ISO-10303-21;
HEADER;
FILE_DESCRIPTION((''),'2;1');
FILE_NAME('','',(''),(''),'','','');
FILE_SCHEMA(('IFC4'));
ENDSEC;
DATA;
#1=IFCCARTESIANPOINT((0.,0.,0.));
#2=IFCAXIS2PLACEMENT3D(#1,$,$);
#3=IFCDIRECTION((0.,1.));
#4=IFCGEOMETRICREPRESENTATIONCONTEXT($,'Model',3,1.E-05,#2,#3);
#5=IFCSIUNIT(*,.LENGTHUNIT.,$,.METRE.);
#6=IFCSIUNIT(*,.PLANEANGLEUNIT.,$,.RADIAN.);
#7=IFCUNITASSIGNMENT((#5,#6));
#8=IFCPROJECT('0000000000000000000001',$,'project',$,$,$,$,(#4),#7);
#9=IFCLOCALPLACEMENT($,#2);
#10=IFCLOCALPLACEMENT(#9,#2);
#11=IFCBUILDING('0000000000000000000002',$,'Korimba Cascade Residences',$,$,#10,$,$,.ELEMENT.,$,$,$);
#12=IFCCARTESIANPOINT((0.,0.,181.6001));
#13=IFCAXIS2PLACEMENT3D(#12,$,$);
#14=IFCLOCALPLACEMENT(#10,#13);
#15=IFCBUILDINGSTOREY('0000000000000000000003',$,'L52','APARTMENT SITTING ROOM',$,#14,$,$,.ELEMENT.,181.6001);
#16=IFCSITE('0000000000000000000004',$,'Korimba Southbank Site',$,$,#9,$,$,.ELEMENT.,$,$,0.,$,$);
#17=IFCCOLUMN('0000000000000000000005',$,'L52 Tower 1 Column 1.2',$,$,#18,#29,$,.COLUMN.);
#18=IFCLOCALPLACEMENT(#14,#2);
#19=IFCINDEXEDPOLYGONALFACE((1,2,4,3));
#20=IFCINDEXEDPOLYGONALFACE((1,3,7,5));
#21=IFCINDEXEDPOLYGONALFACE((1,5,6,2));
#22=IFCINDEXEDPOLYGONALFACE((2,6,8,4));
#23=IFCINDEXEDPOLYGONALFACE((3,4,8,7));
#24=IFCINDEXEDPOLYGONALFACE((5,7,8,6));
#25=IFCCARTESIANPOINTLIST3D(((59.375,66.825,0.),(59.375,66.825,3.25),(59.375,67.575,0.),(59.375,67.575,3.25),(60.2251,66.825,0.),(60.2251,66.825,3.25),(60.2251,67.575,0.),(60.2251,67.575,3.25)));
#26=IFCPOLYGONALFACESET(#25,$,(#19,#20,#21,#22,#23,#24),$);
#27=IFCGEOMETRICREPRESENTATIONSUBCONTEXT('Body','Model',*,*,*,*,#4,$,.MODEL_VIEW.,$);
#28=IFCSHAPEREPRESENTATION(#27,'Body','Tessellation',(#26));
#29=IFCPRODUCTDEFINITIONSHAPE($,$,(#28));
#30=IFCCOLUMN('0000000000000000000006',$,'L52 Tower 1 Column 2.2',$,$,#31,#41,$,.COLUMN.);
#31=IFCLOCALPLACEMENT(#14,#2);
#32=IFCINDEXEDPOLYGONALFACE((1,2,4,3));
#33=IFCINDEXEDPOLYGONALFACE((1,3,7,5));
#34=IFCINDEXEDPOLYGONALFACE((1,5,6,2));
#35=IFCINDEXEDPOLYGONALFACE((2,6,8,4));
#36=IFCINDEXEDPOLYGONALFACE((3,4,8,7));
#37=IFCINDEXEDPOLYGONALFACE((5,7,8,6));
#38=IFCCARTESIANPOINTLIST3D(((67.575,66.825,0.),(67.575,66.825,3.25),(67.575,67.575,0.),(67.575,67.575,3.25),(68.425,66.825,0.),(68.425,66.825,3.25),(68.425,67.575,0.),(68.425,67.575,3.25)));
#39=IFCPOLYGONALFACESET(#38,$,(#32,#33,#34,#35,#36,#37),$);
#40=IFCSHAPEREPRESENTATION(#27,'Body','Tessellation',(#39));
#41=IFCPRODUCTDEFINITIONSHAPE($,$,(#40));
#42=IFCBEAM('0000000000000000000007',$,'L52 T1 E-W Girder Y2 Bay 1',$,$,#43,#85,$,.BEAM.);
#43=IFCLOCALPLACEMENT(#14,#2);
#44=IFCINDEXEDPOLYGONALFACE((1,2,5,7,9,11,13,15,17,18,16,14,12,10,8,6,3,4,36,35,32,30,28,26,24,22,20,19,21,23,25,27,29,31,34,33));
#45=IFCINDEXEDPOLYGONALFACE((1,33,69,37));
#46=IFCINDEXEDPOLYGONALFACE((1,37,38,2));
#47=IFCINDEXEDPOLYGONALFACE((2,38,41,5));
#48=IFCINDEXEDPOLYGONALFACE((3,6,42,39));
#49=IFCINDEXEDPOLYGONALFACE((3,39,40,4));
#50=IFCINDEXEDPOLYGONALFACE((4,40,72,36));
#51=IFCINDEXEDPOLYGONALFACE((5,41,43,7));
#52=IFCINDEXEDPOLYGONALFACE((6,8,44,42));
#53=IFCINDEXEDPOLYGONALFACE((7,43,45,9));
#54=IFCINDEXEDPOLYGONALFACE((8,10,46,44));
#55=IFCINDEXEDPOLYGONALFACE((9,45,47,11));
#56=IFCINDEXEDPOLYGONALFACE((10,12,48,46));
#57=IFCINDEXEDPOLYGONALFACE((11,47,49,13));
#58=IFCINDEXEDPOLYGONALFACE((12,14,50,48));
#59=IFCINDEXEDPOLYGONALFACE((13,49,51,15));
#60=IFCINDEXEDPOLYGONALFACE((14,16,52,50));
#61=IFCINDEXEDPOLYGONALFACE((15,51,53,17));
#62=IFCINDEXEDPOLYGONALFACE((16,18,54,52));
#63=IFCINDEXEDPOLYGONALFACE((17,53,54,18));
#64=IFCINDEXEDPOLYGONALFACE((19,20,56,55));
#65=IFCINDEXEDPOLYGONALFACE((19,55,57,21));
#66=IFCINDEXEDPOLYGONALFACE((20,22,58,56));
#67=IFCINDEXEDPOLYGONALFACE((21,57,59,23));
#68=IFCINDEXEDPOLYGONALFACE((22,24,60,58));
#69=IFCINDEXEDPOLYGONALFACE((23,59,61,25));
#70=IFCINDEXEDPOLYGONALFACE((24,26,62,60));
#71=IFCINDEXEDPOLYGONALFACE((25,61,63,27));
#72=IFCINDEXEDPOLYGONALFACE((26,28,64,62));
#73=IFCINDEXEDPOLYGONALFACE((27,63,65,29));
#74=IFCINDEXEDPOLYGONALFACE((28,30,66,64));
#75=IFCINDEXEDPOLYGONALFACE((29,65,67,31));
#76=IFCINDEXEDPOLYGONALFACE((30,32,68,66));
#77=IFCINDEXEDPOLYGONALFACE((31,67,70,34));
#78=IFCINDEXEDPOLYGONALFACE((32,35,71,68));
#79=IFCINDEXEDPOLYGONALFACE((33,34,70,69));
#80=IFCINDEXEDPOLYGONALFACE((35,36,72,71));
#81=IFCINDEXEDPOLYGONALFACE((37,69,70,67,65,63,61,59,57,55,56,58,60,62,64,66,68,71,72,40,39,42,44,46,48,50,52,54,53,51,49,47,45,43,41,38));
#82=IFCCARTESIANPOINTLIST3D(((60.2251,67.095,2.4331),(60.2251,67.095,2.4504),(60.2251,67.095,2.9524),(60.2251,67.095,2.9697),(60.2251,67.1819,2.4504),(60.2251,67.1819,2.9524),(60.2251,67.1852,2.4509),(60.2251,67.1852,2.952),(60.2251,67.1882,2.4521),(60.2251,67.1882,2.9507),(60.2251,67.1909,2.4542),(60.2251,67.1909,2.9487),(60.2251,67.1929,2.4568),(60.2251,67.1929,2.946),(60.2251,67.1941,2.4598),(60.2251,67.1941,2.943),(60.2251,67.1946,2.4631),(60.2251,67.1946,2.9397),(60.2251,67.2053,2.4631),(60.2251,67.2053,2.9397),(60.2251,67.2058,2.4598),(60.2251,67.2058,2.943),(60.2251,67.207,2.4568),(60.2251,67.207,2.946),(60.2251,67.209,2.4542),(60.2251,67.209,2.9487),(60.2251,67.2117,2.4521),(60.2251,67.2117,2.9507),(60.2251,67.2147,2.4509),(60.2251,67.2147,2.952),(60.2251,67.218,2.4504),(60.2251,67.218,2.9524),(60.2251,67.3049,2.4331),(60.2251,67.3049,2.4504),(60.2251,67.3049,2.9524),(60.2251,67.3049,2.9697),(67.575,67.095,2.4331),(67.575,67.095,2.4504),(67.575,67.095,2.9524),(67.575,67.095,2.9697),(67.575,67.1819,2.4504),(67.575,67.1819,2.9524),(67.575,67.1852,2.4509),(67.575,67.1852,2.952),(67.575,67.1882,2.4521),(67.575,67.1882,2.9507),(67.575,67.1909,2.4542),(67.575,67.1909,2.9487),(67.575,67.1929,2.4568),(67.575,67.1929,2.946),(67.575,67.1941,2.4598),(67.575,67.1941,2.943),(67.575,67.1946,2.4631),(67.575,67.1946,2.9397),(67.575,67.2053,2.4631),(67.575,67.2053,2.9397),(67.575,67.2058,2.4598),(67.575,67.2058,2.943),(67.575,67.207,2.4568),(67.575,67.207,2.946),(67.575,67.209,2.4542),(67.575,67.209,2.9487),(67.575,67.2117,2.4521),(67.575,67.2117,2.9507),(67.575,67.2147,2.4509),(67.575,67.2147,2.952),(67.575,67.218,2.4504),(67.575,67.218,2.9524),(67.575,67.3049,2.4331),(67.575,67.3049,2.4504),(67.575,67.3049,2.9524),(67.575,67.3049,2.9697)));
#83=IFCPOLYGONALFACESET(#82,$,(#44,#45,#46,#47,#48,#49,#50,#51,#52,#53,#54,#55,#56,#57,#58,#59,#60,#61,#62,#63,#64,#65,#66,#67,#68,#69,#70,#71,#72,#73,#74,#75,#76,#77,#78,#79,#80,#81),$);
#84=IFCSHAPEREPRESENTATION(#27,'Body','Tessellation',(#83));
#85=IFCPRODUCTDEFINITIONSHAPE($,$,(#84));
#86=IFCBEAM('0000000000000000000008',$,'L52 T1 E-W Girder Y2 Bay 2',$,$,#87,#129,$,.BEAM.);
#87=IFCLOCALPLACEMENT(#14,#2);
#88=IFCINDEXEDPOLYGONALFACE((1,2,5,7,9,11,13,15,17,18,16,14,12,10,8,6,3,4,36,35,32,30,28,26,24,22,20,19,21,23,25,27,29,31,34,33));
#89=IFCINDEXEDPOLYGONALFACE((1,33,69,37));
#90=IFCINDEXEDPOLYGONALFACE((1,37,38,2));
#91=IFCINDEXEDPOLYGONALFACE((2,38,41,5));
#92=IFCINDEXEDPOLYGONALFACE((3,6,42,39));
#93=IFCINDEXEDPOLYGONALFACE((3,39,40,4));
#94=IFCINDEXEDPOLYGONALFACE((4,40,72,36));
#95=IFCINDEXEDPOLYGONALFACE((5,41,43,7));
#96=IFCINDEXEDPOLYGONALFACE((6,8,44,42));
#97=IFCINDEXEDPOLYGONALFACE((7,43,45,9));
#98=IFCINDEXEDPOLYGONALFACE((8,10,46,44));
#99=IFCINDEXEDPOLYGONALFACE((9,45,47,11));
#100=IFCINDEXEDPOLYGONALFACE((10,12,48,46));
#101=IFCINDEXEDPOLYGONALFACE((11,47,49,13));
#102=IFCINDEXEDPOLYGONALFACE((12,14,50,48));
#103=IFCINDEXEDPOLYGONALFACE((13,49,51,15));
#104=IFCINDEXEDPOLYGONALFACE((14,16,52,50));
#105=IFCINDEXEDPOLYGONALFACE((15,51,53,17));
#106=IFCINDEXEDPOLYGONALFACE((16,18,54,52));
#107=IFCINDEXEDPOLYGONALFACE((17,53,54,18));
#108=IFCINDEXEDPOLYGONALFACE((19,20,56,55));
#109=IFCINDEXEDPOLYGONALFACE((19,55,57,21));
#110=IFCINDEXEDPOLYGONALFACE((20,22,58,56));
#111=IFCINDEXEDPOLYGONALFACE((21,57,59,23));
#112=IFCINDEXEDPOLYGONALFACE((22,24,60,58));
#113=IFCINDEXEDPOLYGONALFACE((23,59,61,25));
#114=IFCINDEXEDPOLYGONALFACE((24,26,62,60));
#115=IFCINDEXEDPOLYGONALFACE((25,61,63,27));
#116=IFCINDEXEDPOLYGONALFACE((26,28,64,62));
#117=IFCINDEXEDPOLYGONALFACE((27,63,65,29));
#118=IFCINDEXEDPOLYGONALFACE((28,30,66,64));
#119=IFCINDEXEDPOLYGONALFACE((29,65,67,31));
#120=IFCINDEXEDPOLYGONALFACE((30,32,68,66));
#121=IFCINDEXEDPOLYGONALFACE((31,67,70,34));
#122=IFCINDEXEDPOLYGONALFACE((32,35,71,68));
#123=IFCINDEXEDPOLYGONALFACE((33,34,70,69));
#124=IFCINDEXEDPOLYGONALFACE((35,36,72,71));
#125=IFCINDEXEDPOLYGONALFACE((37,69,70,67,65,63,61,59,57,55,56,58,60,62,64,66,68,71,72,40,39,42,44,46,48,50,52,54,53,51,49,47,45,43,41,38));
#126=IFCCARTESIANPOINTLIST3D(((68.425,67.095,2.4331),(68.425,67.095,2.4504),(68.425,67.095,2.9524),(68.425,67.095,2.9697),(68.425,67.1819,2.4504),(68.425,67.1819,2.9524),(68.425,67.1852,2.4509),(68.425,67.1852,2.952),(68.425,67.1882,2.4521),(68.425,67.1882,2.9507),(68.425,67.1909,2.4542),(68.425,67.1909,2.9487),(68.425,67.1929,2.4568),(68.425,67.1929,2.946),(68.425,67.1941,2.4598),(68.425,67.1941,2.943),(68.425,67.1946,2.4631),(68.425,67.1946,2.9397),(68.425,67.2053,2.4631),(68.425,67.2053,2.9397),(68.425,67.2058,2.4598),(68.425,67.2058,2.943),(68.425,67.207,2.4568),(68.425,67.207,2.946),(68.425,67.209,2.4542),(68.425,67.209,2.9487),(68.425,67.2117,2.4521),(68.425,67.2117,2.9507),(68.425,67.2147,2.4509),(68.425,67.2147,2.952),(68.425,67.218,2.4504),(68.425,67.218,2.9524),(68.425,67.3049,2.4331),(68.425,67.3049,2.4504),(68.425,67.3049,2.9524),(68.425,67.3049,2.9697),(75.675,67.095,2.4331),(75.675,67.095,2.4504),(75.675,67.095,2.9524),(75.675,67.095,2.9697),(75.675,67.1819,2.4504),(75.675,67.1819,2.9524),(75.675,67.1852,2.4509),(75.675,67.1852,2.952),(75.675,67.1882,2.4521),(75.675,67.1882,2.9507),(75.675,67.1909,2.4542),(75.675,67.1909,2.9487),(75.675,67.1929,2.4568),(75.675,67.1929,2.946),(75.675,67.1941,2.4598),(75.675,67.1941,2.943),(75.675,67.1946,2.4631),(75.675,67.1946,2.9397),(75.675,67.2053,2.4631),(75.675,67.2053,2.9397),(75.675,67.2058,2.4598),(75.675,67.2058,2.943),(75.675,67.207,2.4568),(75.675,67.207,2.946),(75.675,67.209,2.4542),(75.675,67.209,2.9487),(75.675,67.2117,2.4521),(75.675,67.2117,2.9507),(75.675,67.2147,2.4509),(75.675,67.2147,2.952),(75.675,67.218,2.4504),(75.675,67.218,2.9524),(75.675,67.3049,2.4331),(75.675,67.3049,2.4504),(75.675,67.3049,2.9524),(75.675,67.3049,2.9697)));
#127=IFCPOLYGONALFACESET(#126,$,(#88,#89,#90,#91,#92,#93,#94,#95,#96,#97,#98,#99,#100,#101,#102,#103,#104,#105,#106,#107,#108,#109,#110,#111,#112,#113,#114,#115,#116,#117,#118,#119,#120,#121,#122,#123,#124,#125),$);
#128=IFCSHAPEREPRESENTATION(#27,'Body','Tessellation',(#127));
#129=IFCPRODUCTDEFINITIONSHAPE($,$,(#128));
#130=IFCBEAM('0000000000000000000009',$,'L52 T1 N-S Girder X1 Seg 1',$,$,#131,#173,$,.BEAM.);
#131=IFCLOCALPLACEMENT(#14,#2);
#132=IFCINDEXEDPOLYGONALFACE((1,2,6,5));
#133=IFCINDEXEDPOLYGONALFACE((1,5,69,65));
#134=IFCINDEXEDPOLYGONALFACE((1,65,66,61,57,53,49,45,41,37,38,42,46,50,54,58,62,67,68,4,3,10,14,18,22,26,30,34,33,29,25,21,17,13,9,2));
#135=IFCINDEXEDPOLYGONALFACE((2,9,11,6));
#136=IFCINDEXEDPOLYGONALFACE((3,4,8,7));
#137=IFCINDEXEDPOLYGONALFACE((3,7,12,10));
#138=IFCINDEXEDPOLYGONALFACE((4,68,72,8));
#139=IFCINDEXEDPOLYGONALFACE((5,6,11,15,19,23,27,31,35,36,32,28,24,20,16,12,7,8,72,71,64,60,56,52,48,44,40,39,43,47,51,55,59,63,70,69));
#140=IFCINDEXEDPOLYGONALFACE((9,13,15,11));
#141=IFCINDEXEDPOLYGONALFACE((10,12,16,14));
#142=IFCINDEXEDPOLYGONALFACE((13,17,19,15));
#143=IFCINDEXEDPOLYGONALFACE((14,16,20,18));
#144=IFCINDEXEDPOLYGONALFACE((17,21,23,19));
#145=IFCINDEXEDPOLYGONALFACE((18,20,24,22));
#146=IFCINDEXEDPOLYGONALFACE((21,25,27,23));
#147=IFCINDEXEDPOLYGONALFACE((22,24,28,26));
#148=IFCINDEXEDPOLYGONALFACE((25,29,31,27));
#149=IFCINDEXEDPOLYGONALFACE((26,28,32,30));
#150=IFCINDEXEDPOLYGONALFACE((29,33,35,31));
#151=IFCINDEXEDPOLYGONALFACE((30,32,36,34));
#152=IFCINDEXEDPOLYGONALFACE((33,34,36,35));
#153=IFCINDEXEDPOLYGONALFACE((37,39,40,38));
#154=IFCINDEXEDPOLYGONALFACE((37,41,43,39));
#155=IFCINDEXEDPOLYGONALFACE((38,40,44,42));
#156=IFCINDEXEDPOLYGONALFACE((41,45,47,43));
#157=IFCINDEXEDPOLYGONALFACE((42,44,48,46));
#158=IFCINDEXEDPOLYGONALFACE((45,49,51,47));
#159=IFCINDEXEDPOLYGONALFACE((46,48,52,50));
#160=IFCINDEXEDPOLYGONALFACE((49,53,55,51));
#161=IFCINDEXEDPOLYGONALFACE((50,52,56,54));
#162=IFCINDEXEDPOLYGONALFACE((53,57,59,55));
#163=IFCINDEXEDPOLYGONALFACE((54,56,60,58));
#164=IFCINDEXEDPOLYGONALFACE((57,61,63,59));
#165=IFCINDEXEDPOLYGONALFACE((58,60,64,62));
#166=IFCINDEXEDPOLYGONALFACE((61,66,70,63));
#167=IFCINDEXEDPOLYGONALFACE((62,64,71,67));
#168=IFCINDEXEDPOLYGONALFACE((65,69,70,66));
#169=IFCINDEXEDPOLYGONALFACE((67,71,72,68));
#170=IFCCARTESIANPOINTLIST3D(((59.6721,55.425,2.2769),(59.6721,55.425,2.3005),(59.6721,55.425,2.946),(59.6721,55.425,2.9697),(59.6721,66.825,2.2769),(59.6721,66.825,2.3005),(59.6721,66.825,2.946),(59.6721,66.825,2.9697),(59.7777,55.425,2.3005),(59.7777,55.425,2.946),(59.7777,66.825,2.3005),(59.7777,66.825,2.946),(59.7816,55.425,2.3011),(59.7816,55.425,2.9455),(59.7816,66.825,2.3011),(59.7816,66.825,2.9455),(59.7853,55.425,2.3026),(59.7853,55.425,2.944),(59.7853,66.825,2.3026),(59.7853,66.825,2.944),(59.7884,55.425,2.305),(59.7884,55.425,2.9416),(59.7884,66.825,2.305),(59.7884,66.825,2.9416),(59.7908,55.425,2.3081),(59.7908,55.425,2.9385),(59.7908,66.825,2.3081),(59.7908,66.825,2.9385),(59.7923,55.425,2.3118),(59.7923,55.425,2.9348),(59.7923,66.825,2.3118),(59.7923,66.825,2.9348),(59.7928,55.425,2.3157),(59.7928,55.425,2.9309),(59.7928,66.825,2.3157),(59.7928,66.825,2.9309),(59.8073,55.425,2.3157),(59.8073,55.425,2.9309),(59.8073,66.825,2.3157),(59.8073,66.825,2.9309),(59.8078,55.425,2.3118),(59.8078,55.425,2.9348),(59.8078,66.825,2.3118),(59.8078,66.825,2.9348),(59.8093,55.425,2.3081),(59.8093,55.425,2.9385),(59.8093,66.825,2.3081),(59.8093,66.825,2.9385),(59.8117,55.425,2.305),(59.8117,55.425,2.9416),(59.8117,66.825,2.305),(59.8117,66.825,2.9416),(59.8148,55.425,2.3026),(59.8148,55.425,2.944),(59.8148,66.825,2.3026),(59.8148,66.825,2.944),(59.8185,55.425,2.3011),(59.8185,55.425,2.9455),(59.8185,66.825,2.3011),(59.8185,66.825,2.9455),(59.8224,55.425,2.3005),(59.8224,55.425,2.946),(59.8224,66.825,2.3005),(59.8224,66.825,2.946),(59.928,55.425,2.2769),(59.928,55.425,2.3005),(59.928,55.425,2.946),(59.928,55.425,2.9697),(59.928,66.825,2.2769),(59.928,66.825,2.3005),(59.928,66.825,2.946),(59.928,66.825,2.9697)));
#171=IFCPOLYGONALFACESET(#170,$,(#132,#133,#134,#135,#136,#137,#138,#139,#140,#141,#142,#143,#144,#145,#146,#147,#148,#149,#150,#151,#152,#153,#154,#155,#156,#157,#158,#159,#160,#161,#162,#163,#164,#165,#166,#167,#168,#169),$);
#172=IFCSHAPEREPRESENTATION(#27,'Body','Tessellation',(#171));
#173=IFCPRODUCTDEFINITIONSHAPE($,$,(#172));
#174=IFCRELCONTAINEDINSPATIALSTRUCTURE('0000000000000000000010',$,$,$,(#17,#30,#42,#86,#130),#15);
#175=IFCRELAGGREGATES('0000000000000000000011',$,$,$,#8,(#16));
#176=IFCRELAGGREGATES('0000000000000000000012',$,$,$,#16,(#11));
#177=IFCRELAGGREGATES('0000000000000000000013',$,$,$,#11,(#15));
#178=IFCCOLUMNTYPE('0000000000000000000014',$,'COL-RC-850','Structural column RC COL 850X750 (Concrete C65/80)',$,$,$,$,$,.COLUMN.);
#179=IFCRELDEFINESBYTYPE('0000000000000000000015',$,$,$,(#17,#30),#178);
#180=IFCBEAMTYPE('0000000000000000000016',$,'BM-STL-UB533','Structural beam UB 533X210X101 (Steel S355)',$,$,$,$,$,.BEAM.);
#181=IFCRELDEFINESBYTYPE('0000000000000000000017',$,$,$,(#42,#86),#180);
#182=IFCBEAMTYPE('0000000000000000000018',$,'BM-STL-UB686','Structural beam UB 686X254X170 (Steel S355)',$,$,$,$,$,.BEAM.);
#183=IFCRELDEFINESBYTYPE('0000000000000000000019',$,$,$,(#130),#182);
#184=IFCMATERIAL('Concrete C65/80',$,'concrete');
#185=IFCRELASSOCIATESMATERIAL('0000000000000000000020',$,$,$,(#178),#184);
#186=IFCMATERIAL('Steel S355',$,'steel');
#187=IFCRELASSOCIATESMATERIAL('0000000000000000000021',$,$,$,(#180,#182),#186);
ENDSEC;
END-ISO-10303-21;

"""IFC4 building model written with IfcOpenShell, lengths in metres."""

from ifc_helpers import new_model, si_unit, direction, frame, origin, origin_2d, place, context, subcontext, project, spatial, rectangle, i_section, extrude, material, material_profile, profile_set, type_object, element, save


model = new_model("IFC4")

# Units and contexts
model_context = context("Model", 3, precision=1e-05, world=origin(), true_north=direction((0.0, 1.0)))
body_context = subcontext(model_context, "Body", "Model", "MODEL_VIEW")
ifc_project = project(units=[si_unit("LENGTHUNIT", "METRE"), si_unit("PLANEANGLEUNIT", "RADIAN")], contexts=[model_context])

# Site, building, storey
site_placement = place(None, origin())
site = spatial("IfcSite", under=ifc_project, at=site_placement, Name="Korimba Southbank Site", CompositionType="ELEMENT", RefElevation=0.0)
building_placement = place(site_placement, origin())
building = spatial("IfcBuilding", under=site, at=building_placement, Name="Korimba Cascade Residences", CompositionType="ELEMENT")
storey_placement = place(building_placement, frame((0.0, 0.0, 181.6001)))
storey = spatial("IfcBuildingStorey", under=building, at=storey_placement, Name="L52", Description="APARTMENT SITTING ROOM", CompositionType="ELEMENT", Elevation=181.6001)

# Columns
ifc_material_1 = material(Name="Concrete C65/80", Category="concrete")
ifc_material_profile_1 = material_profile(ifc_material_1, rectangle(XDim=0.8501, YDim=0.75, at=origin_2d()), Name="Concrete C65/80")
ifc_profile_set_1 = profile_set([ifc_material_profile_1], Name="Concrete C65/80")
column_type = type_object("IfcColumnType", Name="COL-RC-850", Description="Structural column RC COL 850X750 (Concrete C65/80)", PredefinedType="COLUMN", material=ifc_profile_set_1)
for number, where, z_axis, x_axis, name in (
    (1, (59.8, 67.2, 0.0), (0.0, 0.0, 1.0), (1.0, 0.0, 0.0), "L52 Tower 1 Column 1.2"),
    (2, (68.0, 67.2, 0.0), (0.0, 0.0, 1.0), (1.0, 0.0, 0.0), "L52 Tower 1 Column 2.2"),
):
    element("IfcColumn", number, at=place(storey_placement, frame(where, z_axis=z_axis, x_axis=x_axis)), inside=storey, type_object=column_type, Name=name, PredefinedType="COLUMN", context=body_context, shape_type="SweptSolid", body=[
        extrude(rectangle(XDim=0.8501, YDim=0.75, at=origin_2d()), origin(), (0.0, 0.0, 1.0), 3.25),
    ])

# Beams
ifc_material_2 = material(Name="Steel S355", Category="steel")
ifc_material_profile_2 = material_profile(ifc_material_2, i_section(OverallWidth=0.21, OverallDepth=0.5366, WebThickness=0.0107, FlangeThickness=0.0173, FilletRadius=0.0127, at=origin_2d()), Name="Steel S355")
ifc_profile_set_2 = profile_set([ifc_material_profile_2], Name="Steel S355")
beam_type_1 = type_object("IfcBeamType", Name="BM-STL-UB533", Description="Structural beam UB 533X210X101 (Steel S355)", PredefinedType="BEAM", material=ifc_profile_set_2)
beam_1_placement = place(storey_placement, frame((60.2251, 67.2, 2.7014), z_axis=(1.0, 0.0, 0.0), x_axis=(0.0, 1.0, 0.0)))
element("IfcBeam", 3, at=beam_1_placement, inside=storey, type_object=beam_type_1, Name="L52 T1 E-W Girder Y2 Bay 1", PredefinedType="BEAM", context=body_context, shape_type="SweptSolid", body=[
    extrude(i_section(OverallWidth=0.21, OverallDepth=0.5366, WebThickness=0.0107, FlangeThickness=0.0173, FilletRadius=0.0127, at=origin_2d()), origin(), (0.0, 0.0, 1.0), 7.3499),
])
beam_2_placement = place(storey_placement, frame((68.425, 67.2, 2.7014), z_axis=(1.0, 0.0, 0.0), x_axis=(0.0, 1.0, 0.0)))
element("IfcBeam", 4, at=beam_2_placement, inside=storey, type_object=beam_type_1, Name="L52 T1 E-W Girder Y2 Bay 2", PredefinedType="BEAM", context=body_context, shape_type="SweptSolid", body=[
    extrude(i_section(OverallWidth=0.21, OverallDepth=0.5366, WebThickness=0.0107, FlangeThickness=0.0173, FilletRadius=0.0127, at=origin_2d()), origin(), (0.0, 0.0, 1.0), 7.25),
])
ifc_material_profile_3 = material_profile(ifc_material_2, i_section(OverallWidth=0.2559, OverallDepth=0.6929, WebThickness=0.0144, FlangeThickness=0.0237, FilletRadius=0.0151, at=origin_2d()), Name="Steel S355")
ifc_profile_set_3 = profile_set([ifc_material_profile_3], Name="Steel S355")
beam_type_2 = type_object("IfcBeamType", Name="BM-STL-UB686", Description="Structural beam UB 686X254X170 (Steel S355)", PredefinedType="BEAM", material=ifc_profile_set_3)
beam_3_placement = place(storey_placement, frame((59.8, 55.425, 2.6233), z_axis=(0.0, 1.0, 0.0), x_axis=(-1.0, 0.0, 0.0)))
element("IfcBeam", 5, at=beam_3_placement, inside=storey, type_object=beam_type_2, Name="L52 T1 N-S Girder X1 Seg 1", PredefinedType="BEAM", context=body_context, shape_type="SweptSolid", body=[
    extrude(i_section(OverallWidth=0.2559, OverallDepth=0.6929, WebThickness=0.0144, FlangeThickness=0.0237, FilletRadius=0.0151, at=origin_2d()), origin(), (0.0, 0.0, 1.0), 11.3999),
])

save(model, "model.ifc")
